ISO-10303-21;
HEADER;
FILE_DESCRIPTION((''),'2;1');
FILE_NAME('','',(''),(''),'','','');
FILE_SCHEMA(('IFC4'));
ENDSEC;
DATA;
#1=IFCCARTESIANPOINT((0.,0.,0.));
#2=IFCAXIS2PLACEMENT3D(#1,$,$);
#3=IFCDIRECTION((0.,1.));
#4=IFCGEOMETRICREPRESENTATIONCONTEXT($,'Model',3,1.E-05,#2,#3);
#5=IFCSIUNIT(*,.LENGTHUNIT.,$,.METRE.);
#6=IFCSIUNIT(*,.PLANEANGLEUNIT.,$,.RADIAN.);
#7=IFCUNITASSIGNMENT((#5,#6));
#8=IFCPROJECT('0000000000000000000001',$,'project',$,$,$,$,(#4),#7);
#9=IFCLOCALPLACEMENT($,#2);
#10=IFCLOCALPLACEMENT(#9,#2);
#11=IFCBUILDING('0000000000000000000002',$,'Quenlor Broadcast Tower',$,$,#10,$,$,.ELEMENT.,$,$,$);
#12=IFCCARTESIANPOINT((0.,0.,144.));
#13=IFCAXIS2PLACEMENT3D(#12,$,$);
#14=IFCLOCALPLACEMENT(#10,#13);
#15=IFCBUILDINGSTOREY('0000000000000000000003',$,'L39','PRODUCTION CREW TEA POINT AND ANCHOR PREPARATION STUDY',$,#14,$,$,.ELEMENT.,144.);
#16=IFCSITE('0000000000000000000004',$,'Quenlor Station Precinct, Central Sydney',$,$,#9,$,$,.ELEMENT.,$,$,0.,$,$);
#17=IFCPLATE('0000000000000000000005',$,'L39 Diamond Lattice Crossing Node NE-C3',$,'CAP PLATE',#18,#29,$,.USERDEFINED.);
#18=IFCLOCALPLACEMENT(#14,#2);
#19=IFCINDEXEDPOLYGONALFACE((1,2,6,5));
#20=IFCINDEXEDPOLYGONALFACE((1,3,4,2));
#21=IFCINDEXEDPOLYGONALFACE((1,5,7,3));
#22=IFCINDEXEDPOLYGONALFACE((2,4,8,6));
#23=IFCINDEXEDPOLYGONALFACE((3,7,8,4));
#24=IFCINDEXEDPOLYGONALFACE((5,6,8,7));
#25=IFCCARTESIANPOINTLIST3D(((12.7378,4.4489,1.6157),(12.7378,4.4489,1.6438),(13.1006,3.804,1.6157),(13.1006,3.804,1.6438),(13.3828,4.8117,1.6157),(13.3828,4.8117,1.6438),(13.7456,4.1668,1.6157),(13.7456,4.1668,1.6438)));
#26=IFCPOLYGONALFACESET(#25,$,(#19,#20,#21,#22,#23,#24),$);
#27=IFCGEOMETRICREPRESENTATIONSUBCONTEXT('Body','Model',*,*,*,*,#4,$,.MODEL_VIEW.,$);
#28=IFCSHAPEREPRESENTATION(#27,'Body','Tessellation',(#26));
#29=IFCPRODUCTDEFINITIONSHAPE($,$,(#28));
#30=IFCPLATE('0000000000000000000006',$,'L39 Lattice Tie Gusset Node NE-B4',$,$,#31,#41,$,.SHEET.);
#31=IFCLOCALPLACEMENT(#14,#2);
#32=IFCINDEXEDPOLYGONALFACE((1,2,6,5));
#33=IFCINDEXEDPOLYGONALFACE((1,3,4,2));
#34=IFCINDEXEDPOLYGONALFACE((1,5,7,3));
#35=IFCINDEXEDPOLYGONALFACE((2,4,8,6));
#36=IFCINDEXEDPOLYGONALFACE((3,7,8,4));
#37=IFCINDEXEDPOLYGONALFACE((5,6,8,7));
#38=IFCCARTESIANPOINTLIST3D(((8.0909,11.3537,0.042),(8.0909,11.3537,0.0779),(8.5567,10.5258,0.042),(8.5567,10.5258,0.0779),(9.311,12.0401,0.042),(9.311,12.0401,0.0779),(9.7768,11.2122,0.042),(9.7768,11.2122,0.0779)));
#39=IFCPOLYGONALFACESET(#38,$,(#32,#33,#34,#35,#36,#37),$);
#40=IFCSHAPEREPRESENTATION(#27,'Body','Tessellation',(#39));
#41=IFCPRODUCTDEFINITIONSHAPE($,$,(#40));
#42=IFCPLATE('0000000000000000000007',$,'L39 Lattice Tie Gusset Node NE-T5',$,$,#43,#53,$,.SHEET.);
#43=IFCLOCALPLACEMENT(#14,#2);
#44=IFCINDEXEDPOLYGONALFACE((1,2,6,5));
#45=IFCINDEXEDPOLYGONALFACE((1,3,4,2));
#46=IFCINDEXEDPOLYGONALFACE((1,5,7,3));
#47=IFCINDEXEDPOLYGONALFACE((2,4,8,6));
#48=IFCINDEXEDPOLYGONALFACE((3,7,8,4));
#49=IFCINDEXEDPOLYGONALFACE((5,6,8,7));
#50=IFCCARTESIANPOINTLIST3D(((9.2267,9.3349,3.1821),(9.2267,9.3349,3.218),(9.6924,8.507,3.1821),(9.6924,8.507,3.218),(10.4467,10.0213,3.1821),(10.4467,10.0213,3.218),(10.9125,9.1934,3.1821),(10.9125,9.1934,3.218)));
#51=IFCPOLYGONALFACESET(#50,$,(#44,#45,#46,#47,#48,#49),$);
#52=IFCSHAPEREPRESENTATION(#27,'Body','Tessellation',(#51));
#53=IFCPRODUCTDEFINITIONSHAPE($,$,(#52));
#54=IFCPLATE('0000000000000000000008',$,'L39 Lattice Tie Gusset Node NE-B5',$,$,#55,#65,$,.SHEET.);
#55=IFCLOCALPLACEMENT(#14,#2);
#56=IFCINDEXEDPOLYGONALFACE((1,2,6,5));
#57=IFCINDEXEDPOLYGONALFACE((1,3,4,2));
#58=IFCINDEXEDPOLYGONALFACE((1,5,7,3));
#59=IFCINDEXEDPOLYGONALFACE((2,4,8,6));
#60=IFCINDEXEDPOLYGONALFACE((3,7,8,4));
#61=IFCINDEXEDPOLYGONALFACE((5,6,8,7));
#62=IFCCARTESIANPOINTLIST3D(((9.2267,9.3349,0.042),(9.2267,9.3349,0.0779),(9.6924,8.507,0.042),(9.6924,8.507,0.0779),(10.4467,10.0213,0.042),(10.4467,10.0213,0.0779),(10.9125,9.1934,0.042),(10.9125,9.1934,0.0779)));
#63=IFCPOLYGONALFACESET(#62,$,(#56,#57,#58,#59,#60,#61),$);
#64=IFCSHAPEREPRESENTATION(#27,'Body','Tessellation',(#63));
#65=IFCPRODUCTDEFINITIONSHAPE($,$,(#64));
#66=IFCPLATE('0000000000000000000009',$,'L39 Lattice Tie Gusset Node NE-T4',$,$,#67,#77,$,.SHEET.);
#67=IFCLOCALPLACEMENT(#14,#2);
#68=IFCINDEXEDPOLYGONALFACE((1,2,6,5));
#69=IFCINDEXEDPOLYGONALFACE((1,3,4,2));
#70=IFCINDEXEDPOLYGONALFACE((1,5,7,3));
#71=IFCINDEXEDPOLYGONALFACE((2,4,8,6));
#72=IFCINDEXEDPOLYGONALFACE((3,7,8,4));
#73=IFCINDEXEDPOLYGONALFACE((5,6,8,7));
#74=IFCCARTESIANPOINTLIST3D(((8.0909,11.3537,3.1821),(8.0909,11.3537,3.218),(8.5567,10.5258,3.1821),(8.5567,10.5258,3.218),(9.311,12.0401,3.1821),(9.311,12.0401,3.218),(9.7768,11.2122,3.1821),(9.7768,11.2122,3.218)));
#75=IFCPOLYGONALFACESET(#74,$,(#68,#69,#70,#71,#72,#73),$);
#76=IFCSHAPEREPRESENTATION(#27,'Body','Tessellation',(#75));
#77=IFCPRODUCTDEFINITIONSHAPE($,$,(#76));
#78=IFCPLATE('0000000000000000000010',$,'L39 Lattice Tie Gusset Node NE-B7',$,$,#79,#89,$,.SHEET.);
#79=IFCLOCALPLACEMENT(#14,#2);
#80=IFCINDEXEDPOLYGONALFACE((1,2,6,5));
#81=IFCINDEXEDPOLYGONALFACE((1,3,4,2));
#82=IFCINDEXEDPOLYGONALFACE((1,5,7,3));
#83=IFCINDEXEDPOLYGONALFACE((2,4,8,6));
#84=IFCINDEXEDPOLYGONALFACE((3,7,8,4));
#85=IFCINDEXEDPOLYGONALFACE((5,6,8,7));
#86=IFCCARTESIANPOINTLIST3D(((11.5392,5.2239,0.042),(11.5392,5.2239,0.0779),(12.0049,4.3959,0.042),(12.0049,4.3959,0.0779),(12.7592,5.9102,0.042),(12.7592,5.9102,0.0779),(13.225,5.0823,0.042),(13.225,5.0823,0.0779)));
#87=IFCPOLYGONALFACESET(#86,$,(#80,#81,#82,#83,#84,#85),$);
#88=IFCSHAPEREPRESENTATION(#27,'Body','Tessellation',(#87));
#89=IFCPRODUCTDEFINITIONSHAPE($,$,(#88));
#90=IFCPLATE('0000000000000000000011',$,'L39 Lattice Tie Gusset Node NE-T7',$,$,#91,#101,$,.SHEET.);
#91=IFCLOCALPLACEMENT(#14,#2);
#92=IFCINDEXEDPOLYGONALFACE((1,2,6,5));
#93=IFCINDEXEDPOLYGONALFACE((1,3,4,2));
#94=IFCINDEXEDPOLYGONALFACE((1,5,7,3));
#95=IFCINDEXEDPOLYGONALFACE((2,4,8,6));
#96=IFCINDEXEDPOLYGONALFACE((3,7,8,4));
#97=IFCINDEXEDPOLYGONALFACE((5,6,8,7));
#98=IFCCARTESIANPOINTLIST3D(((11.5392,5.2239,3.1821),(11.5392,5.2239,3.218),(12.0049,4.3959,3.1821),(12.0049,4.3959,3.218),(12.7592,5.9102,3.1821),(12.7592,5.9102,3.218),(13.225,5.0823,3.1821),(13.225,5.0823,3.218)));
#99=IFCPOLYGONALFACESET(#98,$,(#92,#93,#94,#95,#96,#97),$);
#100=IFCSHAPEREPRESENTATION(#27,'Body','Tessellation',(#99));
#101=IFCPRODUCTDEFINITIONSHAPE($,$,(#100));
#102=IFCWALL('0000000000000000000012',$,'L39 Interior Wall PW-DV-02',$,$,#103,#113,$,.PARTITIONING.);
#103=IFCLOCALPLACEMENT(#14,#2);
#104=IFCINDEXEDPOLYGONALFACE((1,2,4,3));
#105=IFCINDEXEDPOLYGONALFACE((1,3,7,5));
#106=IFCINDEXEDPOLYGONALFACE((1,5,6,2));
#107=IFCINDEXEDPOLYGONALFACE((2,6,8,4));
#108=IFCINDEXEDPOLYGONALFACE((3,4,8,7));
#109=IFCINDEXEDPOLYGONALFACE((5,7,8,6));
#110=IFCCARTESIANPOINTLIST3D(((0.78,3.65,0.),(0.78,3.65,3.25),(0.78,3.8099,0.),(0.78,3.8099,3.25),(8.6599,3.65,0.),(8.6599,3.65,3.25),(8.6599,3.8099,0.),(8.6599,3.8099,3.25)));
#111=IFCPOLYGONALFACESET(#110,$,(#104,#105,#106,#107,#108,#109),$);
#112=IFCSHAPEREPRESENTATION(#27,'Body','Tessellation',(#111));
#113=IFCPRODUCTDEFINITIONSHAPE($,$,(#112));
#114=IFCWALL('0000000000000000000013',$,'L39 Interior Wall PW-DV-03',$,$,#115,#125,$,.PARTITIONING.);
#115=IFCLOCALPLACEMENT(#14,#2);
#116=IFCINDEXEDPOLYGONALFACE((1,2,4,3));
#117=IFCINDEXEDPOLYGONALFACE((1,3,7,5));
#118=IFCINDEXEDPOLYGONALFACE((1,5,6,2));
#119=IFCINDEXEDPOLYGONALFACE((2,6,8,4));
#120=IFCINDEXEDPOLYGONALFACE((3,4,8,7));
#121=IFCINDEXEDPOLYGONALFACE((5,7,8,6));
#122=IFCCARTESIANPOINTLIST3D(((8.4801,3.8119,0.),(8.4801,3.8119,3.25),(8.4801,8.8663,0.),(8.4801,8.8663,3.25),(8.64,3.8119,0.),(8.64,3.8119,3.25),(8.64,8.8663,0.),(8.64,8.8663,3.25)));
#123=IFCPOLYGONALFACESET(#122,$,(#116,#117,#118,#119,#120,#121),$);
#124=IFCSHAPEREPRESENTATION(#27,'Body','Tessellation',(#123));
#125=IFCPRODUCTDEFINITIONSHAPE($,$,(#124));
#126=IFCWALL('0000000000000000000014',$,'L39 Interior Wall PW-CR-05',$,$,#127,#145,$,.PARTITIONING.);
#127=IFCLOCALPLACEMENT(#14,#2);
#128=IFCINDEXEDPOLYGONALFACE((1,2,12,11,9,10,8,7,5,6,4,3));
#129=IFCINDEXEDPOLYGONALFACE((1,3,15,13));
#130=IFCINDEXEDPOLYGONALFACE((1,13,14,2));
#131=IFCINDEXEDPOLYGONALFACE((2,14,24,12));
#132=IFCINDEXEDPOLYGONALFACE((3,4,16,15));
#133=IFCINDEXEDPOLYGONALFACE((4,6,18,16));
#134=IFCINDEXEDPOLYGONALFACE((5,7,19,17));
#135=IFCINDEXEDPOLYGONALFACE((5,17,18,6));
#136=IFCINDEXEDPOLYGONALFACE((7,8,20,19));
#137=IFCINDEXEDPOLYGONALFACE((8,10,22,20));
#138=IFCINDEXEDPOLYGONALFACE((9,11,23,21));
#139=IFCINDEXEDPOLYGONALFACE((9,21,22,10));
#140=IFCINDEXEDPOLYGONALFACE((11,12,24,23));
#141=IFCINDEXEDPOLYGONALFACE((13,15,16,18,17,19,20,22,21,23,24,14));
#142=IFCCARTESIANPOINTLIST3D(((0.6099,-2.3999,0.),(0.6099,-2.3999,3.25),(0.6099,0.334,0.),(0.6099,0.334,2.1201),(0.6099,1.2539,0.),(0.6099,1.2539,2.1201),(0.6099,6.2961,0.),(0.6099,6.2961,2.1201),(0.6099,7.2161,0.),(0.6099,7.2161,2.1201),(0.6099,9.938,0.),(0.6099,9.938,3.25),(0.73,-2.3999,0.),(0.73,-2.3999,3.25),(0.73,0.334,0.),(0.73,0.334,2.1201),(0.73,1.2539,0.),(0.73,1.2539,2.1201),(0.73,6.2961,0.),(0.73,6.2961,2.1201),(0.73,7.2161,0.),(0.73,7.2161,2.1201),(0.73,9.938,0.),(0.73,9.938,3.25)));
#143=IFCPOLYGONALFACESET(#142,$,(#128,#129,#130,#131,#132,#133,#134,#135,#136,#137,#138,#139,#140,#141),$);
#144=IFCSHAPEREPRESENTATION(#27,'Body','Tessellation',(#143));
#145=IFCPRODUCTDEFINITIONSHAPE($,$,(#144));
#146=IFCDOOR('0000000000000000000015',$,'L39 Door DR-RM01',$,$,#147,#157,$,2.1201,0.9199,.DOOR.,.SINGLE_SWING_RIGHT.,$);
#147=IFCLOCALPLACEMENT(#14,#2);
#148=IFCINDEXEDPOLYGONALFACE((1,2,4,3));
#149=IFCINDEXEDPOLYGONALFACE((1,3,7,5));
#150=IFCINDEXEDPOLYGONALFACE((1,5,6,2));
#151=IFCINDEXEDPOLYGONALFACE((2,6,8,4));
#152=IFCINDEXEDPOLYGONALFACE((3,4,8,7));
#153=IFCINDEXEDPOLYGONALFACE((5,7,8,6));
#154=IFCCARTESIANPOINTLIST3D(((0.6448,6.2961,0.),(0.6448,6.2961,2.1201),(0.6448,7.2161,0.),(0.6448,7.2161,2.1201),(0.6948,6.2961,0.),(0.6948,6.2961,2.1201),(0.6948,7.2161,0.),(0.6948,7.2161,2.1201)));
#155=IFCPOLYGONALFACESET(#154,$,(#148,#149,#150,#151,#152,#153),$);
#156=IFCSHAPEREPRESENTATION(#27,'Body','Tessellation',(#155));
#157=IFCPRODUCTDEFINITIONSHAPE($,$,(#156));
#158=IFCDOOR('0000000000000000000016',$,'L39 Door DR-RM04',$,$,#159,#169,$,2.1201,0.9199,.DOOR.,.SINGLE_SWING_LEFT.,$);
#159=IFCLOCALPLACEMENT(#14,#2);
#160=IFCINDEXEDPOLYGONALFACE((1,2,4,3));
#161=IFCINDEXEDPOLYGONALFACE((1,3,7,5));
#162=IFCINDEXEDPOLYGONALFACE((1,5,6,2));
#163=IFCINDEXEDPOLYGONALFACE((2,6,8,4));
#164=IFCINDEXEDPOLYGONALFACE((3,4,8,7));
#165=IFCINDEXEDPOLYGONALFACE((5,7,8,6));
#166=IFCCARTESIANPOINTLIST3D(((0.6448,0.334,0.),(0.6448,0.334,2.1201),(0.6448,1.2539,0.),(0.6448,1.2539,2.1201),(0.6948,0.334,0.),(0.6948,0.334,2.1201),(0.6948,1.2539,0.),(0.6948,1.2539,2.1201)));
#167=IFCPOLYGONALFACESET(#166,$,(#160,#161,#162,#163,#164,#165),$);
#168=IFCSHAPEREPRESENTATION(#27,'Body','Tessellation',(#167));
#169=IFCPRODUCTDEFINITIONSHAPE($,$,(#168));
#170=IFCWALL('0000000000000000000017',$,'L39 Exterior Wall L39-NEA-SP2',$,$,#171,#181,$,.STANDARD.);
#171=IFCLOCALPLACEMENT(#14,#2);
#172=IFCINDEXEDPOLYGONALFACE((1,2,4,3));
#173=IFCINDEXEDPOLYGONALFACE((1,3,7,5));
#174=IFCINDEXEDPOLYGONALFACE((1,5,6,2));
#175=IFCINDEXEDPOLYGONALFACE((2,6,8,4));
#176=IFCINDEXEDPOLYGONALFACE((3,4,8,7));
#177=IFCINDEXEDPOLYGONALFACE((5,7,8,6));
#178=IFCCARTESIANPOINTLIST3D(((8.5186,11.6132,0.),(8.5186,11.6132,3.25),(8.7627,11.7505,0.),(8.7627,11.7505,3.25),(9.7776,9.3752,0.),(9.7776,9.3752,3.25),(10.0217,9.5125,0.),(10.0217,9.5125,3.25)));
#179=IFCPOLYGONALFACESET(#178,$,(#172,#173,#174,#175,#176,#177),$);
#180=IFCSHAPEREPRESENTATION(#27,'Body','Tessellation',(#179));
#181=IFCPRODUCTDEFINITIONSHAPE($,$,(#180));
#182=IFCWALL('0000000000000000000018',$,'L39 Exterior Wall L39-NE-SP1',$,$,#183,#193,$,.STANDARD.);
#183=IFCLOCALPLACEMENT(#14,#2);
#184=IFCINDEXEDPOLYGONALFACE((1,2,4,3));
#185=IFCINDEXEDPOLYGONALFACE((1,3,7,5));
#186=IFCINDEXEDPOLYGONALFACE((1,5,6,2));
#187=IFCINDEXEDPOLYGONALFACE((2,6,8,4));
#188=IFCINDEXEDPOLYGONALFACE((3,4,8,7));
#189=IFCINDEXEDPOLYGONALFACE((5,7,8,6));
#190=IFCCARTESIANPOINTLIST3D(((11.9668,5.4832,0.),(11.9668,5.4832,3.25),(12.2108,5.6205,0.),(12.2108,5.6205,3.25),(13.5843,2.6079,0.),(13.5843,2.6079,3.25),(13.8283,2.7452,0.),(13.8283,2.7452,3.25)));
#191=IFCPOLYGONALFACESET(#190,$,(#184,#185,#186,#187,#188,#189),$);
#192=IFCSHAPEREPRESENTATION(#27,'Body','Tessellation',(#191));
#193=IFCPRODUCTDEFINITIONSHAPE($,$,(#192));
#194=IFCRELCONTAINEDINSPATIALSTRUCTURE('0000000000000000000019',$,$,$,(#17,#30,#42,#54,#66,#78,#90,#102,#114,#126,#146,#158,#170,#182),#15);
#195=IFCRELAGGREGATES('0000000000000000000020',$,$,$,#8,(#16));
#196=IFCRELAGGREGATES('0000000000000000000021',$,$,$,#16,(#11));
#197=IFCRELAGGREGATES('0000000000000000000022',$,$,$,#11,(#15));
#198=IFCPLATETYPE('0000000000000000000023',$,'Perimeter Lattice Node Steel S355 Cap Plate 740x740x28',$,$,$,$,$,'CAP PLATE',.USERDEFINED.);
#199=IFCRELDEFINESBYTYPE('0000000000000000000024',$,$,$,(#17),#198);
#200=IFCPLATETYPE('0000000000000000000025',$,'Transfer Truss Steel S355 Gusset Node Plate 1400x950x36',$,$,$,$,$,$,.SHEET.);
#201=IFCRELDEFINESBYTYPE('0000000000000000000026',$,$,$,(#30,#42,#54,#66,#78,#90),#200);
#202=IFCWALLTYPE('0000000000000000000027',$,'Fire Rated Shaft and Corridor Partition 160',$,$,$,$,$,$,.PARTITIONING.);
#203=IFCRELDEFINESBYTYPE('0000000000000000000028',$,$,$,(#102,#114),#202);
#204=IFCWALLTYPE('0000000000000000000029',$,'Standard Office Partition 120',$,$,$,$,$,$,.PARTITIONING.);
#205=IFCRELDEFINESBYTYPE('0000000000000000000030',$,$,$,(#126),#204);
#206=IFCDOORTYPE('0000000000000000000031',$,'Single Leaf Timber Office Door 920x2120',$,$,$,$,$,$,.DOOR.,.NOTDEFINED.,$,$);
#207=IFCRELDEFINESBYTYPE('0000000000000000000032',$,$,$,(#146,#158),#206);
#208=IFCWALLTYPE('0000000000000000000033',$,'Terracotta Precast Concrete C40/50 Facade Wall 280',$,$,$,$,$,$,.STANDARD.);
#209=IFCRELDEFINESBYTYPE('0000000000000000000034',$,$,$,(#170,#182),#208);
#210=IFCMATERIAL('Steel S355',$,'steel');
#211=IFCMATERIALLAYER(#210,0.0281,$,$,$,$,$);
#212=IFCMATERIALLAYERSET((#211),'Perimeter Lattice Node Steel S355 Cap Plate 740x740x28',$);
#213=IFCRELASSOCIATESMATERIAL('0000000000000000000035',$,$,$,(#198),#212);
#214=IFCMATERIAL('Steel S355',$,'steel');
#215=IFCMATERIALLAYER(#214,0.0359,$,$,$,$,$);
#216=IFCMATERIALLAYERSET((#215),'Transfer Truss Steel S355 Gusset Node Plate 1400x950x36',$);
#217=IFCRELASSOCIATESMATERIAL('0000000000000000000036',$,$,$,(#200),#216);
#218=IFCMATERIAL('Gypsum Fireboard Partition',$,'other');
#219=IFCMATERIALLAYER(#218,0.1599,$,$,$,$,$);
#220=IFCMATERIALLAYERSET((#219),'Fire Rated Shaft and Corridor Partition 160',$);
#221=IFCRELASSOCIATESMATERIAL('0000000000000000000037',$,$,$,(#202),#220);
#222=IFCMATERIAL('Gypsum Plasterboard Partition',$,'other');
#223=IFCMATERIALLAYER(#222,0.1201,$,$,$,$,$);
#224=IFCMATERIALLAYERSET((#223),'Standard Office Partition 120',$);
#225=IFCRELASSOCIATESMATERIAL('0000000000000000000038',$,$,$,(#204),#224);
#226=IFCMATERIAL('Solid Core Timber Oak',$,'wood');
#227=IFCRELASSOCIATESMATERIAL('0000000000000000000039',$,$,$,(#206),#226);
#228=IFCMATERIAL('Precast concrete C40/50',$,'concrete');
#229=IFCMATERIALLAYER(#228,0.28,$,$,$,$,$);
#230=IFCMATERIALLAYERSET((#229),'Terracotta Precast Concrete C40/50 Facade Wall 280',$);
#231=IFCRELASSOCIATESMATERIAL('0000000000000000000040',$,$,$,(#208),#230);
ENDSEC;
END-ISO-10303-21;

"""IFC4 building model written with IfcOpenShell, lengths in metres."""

from ifc_helpers import new_model, si_unit, direction, frame, frame_2d, origin, origin_2d, place, context, subcontext, project, spatial, rectangle, extrude, material, layer, layer_set, type_object, element, fill, save


model = new_model("IFC4")

# Units and contexts
model_context = context("Model", 3, precision=1e-05, world=origin(), true_north=direction((0.0, 1.0)))
body_context = subcontext(model_context, "Body", "Model", "MODEL_VIEW")
ifc_project = project(units=[si_unit("LENGTHUNIT", "METRE"), si_unit("PLANEANGLEUNIT", "RADIAN")], contexts=[model_context])

# Site, building, storey
site_placement = place(None, origin())
site = spatial("IfcSite", under=ifc_project, at=site_placement, Name="Quenlor Station Precinct, Central Sydney", CompositionType="ELEMENT", RefElevation=0.0)
building_placement = place(site_placement, origin())
building = spatial("IfcBuilding", under=site, at=building_placement, Name="Quenlor Broadcast Tower", CompositionType="ELEMENT")
storey_placement = place(building_placement, frame((0.0, 0.0, 144.0)))
storey = spatial("IfcBuildingStorey", under=building, at=storey_placement, Name="L39", Description="PRODUCTION CREW TEA POINT AND ANCHOR PREPARATION STUDY", CompositionType="ELEMENT", Elevation=144.0)

# Plates
ifc_material_1 = material(Name="Steel S355", Category="steel")
ifc_layer_1 = layer(ifc_material_1, 0.0281)
ifc_layer_set_1 = layer_set([ifc_layer_1], Name="Perimeter Lattice Node Steel S355 Cap Plate 740x740x28")
plate_type_1 = type_object("IfcPlateType", Name="Perimeter Lattice Node Steel S355 Cap Plate 740x740x28", ElementType="CAP PLATE", PredefinedType="USERDEFINED", material=ifc_layer_set_1)
for number, where, z_axis, x_axis, name in (
    (1, (13.2417, 4.3079, 1.6157), (0.0, 0.0, 1.0), (0.490295, -0.871556, 0.0), "L39 Diamond Lattice Crossing Node NE-C3"),
):
    element("IfcPlate", number, at=place(storey_placement, frame(where, z_axis=z_axis, x_axis=x_axis)), inside=storey, type_object=plate_type_1, Name=name, ObjectType="CAP PLATE", PredefinedType="USERDEFINED", context=body_context, shape_type="SweptSolid", body=[
        extrude(rectangle(XDim=0.74, YDim=0.74, at=origin_2d()), origin(), (0.0, 0.0, 1.0), 0.0281),
    ])
ifc_material_2 = material(Name="Steel S355", Category="steel")
ifc_layer_2 = layer(ifc_material_2, 0.0359)
ifc_layer_set_2 = layer_set([ifc_layer_2], Name="Transfer Truss Steel S355 Gusset Node Plate 1400x950x36")
plate_type_2 = type_object("IfcPlateType", Name="Transfer Truss Steel S355 Gusset Node Plate 1400x950x36", PredefinedType="SHEET", material=ifc_layer_set_2)
for number, where, z_axis, x_axis, name in (
    (2, (8.9338, 11.283, 0.042), (0.0, 0.0, 1.0), (0.871556, 0.490295, 0.0), "L39 Lattice Tie Gusset Node NE-B4"),
    (3, (10.0696, 9.2642, 3.1821), (0.0, 0.0, 1.0), (0.871556, 0.490295, 0.0), "L39 Lattice Tie Gusset Node NE-T5"),
    (4, (10.0696, 9.2642, 0.042), (0.0, 0.0, 1.0), (0.871556, 0.490295, 0.0), "L39 Lattice Tie Gusset Node NE-B5"),
    (5, (8.9338, 11.283, 3.1821), (0.0, 0.0, 1.0), (0.871556, 0.490295, 0.0), "L39 Lattice Tie Gusset Node NE-T4"),
    (6, (12.3821, 5.1531, 0.042), (0.0, 0.0, 1.0), (0.871556, 0.490295, 0.0), "L39 Lattice Tie Gusset Node NE-B7"),
    (7, (12.3821, 5.1531, 3.1821), (0.0, 0.0, 1.0), (0.871556, 0.490295, 0.0), "L39 Lattice Tie Gusset Node NE-T7"),
):
    element("IfcPlate", number, at=place(storey_placement, frame(where, z_axis=z_axis, x_axis=x_axis)), inside=storey, type_object=plate_type_2, Name=name, PredefinedType="SHEET", context=body_context, shape_type="SweptSolid", body=[
        extrude(rectangle(XDim=1.3999, YDim=0.95, at=origin_2d()), origin(), (0.0, 0.0, 1.0), 0.0359),
    ])

# Walls
ifc_material_3 = material(Name="Gypsum Fireboard Partition", Category="other")
ifc_layer_3 = layer(ifc_material_3, 0.1599)
ifc_layer_set_3 = layer_set([ifc_layer_3], Name="Fire Rated Shaft and Corridor Partition 160")
wall_type_1 = type_object("IfcWallType", Name="Fire Rated Shaft and Corridor Partition 160", PredefinedType="PARTITIONING", material=ifc_layer_set_3)
wall_1_placement = place(storey_placement, frame((8.6599, 3.73, 0.0), z_axis=(0.0, 0.0, 1.0), x_axis=(-1.0, 0.0, 0.0)))
element("IfcWall", 8, at=wall_1_placement, inside=storey, type_object=wall_type_1, Name="L39 Interior Wall PW-DV-02", PredefinedType="PARTITIONING", context=body_context, shape_type="SweptSolid", body=[
    extrude(rectangle(XDim=7.8799, YDim=0.1599, at=frame_2d((3.9399, 0.0))), origin(), (0.0, 0.0, 1.0), 3.25),
])
wall_2_placement = place(storey_placement, frame((8.5601, 8.8665, 0.0), z_axis=(0.0, 0.0, 1.0), x_axis=(0.0, -1.0, 0.0)))
element("IfcWall", 9, at=wall_2_placement, inside=storey, type_object=wall_type_1, Name="L39 Interior Wall PW-DV-03", PredefinedType="PARTITIONING", context=body_context, shape_type="SweptSolid", body=[
    extrude(rectangle(XDim=5.0544, YDim=0.1599, at=frame_2d((2.5273, 0.0))), origin(), (0.0, 0.0, 1.0), 3.25),
])

# Wall, openings, doors
ifc_material_4 = material(Name="Gypsum Plasterboard Partition", Category="other")
ifc_layer_4 = layer(ifc_material_4, 0.1201)
ifc_layer_set_4 = layer_set([ifc_layer_4], Name="Standard Office Partition 120")
wall_type_2 = type_object("IfcWallType", Name="Standard Office Partition 120", PredefinedType="PARTITIONING", material=ifc_layer_set_4)
wall_3_placement = place(storey_placement, frame((0.6699, 9.938, 0.0), z_axis=(0.0, 0.0, 1.0), x_axis=(0.0, -1.0, 0.0)))
wall_3 = element("IfcWall", 10, at=wall_3_placement, inside=storey, type_object=wall_type_2, Name="L39 Interior Wall PW-CR-05", PredefinedType="PARTITIONING", context=body_context, shape_type="SweptSolid", body=[
    extrude(rectangle(XDim=12.3379, YDim=0.1201, at=frame_2d((6.1689, 0.0))), origin(), (0.0, 0.0, 1.0), 3.25),
])
opening_1_placement = place(wall_3_placement, frame((2.7219, 0.0, 0.0)))
opening_1 = element("IfcOpeningElement", 11, at=opening_1_placement, cuts=wall_3, PredefinedType="OPENING", context=body_context, shape_type="SweptSolid", body=[
    extrude(rectangle(XDim=0.9199, YDim=2.1201, at=frame_2d((0.46, 1.0601))), frame((0.0, 0.0701, 0.0), z_axis=(0.0, -1.0, 0.0), x_axis=(1.0, 0.0, 0.0)), (0.0, 0.0, 1.0), 0.1401),
])
opening_2_placement = place(wall_3_placement, frame((8.6841, 0.0, 0.0)))
opening_2 = element("IfcOpeningElement", 12, at=opening_2_placement, cuts=wall_3, PredefinedType="OPENING", context=body_context, shape_type="SweptSolid", body=[
    extrude(rectangle(XDim=0.9199, YDim=2.1201, at=frame_2d((0.46, 1.0601))), frame((0.0, 0.0701, 0.0), z_axis=(0.0, -1.0, 0.0), x_axis=(1.0, 0.0, 0.0)), (0.0, 0.0, 1.0), 0.1401),
])
ifc_material_5 = material(Name="Solid Core Timber Oak", Category="wood")
door_type = type_object("IfcDoorType", Name="Single Leaf Timber Office Door 920x2120", OperationType="NOTDEFINED", PredefinedType="DOOR", material=ifc_material_5)
door_1_placement = place(opening_1_placement, origin())
door_1 = element("IfcDoor", 13, at=door_1_placement, inside=storey, type_object=door_type, Name="L39 Door DR-RM01", OperationType="SINGLE_SWING_RIGHT", OverallHeight=2.1201, OverallWidth=0.9199, PredefinedType="DOOR", context=body_context, shape_type="SweptSolid", body=[
    extrude(rectangle(XDim=0.9199, YDim=2.1201, at=frame_2d((0.46, 1.0601))), frame((0.0, 0.0249, 0.0), z_axis=(0.0, -1.0, 0.0), x_axis=(1.0, 0.0, 0.0)), (0.0, 0.0, 1.0), 0.05),
])
fill(opening_1, door_1)
door_2_placement = place(opening_2_placement, origin())
door_2 = element("IfcDoor", 14, at=door_2_placement, inside=storey, type_object=door_type, Name="L39 Door DR-RM04", OperationType="SINGLE_SWING_LEFT", OverallHeight=2.1201, OverallWidth=0.9199, PredefinedType="DOOR", context=body_context, shape_type="SweptSolid", body=[
    extrude(rectangle(XDim=0.9199, YDim=2.1201, at=frame_2d((0.46, 1.0601))), frame((0.0, 0.0249, 0.0), z_axis=(0.0, -1.0, 0.0), x_axis=(1.0, 0.0, 0.0)), (0.0, 0.0, 1.0), 0.05),
])
fill(opening_2, door_2)

# Walls
ifc_material_6 = material(Name="Precast concrete C40/50", Category="concrete")
ifc_layer_5 = layer(ifc_material_6, 0.28)
ifc_layer_set_5 = layer_set([ifc_layer_5], Name="Terracotta Precast Concrete C40/50 Facade Wall 280")
wall_type_3 = type_object("IfcWallType", Name="Terracotta Precast Concrete C40/50 Facade Wall 280", PredefinedType="STANDARD", material=ifc_layer_set_5)
wall_4_placement = place(storey_placement, frame((8.6406, 11.6819, 0.0), z_axis=(0.0, 0.0, 1.0), x_axis=(0.490302, -0.871553, 0.0)))
element("IfcWall", 15, at=wall_4_placement, inside=storey, type_object=wall_type_3, Name="L39 Exterior Wall L39-NEA-SP2", PredefinedType="STANDARD", context=body_context, shape_type="SweptSolid", body=[
    extrude(rectangle(XDim=2.5679, YDim=0.28, at=frame_2d((1.2839, 0.0))), origin(), (0.0, 0.0, 1.0), 3.25),
])
wall_5_placement = place(storey_placement, frame((12.0889, 5.5518, 0.0), z_axis=(0.0, 0.0, 1.0), x_axis=(0.490286, -0.871562, 0.0)))
element("IfcWall", 16, at=wall_5_placement, inside=storey, type_object=wall_type_3, Name="L39 Exterior Wall L39-NE-SP1", PredefinedType="STANDARD", context=body_context, shape_type="SweptSolid", body=[
    extrude(rectangle(XDim=3.2991, YDim=0.28, at=frame_2d((1.6494, 0.0))), origin(), (0.0, 0.0, 1.0), 3.25),
])

save(model, "model.ifc")
